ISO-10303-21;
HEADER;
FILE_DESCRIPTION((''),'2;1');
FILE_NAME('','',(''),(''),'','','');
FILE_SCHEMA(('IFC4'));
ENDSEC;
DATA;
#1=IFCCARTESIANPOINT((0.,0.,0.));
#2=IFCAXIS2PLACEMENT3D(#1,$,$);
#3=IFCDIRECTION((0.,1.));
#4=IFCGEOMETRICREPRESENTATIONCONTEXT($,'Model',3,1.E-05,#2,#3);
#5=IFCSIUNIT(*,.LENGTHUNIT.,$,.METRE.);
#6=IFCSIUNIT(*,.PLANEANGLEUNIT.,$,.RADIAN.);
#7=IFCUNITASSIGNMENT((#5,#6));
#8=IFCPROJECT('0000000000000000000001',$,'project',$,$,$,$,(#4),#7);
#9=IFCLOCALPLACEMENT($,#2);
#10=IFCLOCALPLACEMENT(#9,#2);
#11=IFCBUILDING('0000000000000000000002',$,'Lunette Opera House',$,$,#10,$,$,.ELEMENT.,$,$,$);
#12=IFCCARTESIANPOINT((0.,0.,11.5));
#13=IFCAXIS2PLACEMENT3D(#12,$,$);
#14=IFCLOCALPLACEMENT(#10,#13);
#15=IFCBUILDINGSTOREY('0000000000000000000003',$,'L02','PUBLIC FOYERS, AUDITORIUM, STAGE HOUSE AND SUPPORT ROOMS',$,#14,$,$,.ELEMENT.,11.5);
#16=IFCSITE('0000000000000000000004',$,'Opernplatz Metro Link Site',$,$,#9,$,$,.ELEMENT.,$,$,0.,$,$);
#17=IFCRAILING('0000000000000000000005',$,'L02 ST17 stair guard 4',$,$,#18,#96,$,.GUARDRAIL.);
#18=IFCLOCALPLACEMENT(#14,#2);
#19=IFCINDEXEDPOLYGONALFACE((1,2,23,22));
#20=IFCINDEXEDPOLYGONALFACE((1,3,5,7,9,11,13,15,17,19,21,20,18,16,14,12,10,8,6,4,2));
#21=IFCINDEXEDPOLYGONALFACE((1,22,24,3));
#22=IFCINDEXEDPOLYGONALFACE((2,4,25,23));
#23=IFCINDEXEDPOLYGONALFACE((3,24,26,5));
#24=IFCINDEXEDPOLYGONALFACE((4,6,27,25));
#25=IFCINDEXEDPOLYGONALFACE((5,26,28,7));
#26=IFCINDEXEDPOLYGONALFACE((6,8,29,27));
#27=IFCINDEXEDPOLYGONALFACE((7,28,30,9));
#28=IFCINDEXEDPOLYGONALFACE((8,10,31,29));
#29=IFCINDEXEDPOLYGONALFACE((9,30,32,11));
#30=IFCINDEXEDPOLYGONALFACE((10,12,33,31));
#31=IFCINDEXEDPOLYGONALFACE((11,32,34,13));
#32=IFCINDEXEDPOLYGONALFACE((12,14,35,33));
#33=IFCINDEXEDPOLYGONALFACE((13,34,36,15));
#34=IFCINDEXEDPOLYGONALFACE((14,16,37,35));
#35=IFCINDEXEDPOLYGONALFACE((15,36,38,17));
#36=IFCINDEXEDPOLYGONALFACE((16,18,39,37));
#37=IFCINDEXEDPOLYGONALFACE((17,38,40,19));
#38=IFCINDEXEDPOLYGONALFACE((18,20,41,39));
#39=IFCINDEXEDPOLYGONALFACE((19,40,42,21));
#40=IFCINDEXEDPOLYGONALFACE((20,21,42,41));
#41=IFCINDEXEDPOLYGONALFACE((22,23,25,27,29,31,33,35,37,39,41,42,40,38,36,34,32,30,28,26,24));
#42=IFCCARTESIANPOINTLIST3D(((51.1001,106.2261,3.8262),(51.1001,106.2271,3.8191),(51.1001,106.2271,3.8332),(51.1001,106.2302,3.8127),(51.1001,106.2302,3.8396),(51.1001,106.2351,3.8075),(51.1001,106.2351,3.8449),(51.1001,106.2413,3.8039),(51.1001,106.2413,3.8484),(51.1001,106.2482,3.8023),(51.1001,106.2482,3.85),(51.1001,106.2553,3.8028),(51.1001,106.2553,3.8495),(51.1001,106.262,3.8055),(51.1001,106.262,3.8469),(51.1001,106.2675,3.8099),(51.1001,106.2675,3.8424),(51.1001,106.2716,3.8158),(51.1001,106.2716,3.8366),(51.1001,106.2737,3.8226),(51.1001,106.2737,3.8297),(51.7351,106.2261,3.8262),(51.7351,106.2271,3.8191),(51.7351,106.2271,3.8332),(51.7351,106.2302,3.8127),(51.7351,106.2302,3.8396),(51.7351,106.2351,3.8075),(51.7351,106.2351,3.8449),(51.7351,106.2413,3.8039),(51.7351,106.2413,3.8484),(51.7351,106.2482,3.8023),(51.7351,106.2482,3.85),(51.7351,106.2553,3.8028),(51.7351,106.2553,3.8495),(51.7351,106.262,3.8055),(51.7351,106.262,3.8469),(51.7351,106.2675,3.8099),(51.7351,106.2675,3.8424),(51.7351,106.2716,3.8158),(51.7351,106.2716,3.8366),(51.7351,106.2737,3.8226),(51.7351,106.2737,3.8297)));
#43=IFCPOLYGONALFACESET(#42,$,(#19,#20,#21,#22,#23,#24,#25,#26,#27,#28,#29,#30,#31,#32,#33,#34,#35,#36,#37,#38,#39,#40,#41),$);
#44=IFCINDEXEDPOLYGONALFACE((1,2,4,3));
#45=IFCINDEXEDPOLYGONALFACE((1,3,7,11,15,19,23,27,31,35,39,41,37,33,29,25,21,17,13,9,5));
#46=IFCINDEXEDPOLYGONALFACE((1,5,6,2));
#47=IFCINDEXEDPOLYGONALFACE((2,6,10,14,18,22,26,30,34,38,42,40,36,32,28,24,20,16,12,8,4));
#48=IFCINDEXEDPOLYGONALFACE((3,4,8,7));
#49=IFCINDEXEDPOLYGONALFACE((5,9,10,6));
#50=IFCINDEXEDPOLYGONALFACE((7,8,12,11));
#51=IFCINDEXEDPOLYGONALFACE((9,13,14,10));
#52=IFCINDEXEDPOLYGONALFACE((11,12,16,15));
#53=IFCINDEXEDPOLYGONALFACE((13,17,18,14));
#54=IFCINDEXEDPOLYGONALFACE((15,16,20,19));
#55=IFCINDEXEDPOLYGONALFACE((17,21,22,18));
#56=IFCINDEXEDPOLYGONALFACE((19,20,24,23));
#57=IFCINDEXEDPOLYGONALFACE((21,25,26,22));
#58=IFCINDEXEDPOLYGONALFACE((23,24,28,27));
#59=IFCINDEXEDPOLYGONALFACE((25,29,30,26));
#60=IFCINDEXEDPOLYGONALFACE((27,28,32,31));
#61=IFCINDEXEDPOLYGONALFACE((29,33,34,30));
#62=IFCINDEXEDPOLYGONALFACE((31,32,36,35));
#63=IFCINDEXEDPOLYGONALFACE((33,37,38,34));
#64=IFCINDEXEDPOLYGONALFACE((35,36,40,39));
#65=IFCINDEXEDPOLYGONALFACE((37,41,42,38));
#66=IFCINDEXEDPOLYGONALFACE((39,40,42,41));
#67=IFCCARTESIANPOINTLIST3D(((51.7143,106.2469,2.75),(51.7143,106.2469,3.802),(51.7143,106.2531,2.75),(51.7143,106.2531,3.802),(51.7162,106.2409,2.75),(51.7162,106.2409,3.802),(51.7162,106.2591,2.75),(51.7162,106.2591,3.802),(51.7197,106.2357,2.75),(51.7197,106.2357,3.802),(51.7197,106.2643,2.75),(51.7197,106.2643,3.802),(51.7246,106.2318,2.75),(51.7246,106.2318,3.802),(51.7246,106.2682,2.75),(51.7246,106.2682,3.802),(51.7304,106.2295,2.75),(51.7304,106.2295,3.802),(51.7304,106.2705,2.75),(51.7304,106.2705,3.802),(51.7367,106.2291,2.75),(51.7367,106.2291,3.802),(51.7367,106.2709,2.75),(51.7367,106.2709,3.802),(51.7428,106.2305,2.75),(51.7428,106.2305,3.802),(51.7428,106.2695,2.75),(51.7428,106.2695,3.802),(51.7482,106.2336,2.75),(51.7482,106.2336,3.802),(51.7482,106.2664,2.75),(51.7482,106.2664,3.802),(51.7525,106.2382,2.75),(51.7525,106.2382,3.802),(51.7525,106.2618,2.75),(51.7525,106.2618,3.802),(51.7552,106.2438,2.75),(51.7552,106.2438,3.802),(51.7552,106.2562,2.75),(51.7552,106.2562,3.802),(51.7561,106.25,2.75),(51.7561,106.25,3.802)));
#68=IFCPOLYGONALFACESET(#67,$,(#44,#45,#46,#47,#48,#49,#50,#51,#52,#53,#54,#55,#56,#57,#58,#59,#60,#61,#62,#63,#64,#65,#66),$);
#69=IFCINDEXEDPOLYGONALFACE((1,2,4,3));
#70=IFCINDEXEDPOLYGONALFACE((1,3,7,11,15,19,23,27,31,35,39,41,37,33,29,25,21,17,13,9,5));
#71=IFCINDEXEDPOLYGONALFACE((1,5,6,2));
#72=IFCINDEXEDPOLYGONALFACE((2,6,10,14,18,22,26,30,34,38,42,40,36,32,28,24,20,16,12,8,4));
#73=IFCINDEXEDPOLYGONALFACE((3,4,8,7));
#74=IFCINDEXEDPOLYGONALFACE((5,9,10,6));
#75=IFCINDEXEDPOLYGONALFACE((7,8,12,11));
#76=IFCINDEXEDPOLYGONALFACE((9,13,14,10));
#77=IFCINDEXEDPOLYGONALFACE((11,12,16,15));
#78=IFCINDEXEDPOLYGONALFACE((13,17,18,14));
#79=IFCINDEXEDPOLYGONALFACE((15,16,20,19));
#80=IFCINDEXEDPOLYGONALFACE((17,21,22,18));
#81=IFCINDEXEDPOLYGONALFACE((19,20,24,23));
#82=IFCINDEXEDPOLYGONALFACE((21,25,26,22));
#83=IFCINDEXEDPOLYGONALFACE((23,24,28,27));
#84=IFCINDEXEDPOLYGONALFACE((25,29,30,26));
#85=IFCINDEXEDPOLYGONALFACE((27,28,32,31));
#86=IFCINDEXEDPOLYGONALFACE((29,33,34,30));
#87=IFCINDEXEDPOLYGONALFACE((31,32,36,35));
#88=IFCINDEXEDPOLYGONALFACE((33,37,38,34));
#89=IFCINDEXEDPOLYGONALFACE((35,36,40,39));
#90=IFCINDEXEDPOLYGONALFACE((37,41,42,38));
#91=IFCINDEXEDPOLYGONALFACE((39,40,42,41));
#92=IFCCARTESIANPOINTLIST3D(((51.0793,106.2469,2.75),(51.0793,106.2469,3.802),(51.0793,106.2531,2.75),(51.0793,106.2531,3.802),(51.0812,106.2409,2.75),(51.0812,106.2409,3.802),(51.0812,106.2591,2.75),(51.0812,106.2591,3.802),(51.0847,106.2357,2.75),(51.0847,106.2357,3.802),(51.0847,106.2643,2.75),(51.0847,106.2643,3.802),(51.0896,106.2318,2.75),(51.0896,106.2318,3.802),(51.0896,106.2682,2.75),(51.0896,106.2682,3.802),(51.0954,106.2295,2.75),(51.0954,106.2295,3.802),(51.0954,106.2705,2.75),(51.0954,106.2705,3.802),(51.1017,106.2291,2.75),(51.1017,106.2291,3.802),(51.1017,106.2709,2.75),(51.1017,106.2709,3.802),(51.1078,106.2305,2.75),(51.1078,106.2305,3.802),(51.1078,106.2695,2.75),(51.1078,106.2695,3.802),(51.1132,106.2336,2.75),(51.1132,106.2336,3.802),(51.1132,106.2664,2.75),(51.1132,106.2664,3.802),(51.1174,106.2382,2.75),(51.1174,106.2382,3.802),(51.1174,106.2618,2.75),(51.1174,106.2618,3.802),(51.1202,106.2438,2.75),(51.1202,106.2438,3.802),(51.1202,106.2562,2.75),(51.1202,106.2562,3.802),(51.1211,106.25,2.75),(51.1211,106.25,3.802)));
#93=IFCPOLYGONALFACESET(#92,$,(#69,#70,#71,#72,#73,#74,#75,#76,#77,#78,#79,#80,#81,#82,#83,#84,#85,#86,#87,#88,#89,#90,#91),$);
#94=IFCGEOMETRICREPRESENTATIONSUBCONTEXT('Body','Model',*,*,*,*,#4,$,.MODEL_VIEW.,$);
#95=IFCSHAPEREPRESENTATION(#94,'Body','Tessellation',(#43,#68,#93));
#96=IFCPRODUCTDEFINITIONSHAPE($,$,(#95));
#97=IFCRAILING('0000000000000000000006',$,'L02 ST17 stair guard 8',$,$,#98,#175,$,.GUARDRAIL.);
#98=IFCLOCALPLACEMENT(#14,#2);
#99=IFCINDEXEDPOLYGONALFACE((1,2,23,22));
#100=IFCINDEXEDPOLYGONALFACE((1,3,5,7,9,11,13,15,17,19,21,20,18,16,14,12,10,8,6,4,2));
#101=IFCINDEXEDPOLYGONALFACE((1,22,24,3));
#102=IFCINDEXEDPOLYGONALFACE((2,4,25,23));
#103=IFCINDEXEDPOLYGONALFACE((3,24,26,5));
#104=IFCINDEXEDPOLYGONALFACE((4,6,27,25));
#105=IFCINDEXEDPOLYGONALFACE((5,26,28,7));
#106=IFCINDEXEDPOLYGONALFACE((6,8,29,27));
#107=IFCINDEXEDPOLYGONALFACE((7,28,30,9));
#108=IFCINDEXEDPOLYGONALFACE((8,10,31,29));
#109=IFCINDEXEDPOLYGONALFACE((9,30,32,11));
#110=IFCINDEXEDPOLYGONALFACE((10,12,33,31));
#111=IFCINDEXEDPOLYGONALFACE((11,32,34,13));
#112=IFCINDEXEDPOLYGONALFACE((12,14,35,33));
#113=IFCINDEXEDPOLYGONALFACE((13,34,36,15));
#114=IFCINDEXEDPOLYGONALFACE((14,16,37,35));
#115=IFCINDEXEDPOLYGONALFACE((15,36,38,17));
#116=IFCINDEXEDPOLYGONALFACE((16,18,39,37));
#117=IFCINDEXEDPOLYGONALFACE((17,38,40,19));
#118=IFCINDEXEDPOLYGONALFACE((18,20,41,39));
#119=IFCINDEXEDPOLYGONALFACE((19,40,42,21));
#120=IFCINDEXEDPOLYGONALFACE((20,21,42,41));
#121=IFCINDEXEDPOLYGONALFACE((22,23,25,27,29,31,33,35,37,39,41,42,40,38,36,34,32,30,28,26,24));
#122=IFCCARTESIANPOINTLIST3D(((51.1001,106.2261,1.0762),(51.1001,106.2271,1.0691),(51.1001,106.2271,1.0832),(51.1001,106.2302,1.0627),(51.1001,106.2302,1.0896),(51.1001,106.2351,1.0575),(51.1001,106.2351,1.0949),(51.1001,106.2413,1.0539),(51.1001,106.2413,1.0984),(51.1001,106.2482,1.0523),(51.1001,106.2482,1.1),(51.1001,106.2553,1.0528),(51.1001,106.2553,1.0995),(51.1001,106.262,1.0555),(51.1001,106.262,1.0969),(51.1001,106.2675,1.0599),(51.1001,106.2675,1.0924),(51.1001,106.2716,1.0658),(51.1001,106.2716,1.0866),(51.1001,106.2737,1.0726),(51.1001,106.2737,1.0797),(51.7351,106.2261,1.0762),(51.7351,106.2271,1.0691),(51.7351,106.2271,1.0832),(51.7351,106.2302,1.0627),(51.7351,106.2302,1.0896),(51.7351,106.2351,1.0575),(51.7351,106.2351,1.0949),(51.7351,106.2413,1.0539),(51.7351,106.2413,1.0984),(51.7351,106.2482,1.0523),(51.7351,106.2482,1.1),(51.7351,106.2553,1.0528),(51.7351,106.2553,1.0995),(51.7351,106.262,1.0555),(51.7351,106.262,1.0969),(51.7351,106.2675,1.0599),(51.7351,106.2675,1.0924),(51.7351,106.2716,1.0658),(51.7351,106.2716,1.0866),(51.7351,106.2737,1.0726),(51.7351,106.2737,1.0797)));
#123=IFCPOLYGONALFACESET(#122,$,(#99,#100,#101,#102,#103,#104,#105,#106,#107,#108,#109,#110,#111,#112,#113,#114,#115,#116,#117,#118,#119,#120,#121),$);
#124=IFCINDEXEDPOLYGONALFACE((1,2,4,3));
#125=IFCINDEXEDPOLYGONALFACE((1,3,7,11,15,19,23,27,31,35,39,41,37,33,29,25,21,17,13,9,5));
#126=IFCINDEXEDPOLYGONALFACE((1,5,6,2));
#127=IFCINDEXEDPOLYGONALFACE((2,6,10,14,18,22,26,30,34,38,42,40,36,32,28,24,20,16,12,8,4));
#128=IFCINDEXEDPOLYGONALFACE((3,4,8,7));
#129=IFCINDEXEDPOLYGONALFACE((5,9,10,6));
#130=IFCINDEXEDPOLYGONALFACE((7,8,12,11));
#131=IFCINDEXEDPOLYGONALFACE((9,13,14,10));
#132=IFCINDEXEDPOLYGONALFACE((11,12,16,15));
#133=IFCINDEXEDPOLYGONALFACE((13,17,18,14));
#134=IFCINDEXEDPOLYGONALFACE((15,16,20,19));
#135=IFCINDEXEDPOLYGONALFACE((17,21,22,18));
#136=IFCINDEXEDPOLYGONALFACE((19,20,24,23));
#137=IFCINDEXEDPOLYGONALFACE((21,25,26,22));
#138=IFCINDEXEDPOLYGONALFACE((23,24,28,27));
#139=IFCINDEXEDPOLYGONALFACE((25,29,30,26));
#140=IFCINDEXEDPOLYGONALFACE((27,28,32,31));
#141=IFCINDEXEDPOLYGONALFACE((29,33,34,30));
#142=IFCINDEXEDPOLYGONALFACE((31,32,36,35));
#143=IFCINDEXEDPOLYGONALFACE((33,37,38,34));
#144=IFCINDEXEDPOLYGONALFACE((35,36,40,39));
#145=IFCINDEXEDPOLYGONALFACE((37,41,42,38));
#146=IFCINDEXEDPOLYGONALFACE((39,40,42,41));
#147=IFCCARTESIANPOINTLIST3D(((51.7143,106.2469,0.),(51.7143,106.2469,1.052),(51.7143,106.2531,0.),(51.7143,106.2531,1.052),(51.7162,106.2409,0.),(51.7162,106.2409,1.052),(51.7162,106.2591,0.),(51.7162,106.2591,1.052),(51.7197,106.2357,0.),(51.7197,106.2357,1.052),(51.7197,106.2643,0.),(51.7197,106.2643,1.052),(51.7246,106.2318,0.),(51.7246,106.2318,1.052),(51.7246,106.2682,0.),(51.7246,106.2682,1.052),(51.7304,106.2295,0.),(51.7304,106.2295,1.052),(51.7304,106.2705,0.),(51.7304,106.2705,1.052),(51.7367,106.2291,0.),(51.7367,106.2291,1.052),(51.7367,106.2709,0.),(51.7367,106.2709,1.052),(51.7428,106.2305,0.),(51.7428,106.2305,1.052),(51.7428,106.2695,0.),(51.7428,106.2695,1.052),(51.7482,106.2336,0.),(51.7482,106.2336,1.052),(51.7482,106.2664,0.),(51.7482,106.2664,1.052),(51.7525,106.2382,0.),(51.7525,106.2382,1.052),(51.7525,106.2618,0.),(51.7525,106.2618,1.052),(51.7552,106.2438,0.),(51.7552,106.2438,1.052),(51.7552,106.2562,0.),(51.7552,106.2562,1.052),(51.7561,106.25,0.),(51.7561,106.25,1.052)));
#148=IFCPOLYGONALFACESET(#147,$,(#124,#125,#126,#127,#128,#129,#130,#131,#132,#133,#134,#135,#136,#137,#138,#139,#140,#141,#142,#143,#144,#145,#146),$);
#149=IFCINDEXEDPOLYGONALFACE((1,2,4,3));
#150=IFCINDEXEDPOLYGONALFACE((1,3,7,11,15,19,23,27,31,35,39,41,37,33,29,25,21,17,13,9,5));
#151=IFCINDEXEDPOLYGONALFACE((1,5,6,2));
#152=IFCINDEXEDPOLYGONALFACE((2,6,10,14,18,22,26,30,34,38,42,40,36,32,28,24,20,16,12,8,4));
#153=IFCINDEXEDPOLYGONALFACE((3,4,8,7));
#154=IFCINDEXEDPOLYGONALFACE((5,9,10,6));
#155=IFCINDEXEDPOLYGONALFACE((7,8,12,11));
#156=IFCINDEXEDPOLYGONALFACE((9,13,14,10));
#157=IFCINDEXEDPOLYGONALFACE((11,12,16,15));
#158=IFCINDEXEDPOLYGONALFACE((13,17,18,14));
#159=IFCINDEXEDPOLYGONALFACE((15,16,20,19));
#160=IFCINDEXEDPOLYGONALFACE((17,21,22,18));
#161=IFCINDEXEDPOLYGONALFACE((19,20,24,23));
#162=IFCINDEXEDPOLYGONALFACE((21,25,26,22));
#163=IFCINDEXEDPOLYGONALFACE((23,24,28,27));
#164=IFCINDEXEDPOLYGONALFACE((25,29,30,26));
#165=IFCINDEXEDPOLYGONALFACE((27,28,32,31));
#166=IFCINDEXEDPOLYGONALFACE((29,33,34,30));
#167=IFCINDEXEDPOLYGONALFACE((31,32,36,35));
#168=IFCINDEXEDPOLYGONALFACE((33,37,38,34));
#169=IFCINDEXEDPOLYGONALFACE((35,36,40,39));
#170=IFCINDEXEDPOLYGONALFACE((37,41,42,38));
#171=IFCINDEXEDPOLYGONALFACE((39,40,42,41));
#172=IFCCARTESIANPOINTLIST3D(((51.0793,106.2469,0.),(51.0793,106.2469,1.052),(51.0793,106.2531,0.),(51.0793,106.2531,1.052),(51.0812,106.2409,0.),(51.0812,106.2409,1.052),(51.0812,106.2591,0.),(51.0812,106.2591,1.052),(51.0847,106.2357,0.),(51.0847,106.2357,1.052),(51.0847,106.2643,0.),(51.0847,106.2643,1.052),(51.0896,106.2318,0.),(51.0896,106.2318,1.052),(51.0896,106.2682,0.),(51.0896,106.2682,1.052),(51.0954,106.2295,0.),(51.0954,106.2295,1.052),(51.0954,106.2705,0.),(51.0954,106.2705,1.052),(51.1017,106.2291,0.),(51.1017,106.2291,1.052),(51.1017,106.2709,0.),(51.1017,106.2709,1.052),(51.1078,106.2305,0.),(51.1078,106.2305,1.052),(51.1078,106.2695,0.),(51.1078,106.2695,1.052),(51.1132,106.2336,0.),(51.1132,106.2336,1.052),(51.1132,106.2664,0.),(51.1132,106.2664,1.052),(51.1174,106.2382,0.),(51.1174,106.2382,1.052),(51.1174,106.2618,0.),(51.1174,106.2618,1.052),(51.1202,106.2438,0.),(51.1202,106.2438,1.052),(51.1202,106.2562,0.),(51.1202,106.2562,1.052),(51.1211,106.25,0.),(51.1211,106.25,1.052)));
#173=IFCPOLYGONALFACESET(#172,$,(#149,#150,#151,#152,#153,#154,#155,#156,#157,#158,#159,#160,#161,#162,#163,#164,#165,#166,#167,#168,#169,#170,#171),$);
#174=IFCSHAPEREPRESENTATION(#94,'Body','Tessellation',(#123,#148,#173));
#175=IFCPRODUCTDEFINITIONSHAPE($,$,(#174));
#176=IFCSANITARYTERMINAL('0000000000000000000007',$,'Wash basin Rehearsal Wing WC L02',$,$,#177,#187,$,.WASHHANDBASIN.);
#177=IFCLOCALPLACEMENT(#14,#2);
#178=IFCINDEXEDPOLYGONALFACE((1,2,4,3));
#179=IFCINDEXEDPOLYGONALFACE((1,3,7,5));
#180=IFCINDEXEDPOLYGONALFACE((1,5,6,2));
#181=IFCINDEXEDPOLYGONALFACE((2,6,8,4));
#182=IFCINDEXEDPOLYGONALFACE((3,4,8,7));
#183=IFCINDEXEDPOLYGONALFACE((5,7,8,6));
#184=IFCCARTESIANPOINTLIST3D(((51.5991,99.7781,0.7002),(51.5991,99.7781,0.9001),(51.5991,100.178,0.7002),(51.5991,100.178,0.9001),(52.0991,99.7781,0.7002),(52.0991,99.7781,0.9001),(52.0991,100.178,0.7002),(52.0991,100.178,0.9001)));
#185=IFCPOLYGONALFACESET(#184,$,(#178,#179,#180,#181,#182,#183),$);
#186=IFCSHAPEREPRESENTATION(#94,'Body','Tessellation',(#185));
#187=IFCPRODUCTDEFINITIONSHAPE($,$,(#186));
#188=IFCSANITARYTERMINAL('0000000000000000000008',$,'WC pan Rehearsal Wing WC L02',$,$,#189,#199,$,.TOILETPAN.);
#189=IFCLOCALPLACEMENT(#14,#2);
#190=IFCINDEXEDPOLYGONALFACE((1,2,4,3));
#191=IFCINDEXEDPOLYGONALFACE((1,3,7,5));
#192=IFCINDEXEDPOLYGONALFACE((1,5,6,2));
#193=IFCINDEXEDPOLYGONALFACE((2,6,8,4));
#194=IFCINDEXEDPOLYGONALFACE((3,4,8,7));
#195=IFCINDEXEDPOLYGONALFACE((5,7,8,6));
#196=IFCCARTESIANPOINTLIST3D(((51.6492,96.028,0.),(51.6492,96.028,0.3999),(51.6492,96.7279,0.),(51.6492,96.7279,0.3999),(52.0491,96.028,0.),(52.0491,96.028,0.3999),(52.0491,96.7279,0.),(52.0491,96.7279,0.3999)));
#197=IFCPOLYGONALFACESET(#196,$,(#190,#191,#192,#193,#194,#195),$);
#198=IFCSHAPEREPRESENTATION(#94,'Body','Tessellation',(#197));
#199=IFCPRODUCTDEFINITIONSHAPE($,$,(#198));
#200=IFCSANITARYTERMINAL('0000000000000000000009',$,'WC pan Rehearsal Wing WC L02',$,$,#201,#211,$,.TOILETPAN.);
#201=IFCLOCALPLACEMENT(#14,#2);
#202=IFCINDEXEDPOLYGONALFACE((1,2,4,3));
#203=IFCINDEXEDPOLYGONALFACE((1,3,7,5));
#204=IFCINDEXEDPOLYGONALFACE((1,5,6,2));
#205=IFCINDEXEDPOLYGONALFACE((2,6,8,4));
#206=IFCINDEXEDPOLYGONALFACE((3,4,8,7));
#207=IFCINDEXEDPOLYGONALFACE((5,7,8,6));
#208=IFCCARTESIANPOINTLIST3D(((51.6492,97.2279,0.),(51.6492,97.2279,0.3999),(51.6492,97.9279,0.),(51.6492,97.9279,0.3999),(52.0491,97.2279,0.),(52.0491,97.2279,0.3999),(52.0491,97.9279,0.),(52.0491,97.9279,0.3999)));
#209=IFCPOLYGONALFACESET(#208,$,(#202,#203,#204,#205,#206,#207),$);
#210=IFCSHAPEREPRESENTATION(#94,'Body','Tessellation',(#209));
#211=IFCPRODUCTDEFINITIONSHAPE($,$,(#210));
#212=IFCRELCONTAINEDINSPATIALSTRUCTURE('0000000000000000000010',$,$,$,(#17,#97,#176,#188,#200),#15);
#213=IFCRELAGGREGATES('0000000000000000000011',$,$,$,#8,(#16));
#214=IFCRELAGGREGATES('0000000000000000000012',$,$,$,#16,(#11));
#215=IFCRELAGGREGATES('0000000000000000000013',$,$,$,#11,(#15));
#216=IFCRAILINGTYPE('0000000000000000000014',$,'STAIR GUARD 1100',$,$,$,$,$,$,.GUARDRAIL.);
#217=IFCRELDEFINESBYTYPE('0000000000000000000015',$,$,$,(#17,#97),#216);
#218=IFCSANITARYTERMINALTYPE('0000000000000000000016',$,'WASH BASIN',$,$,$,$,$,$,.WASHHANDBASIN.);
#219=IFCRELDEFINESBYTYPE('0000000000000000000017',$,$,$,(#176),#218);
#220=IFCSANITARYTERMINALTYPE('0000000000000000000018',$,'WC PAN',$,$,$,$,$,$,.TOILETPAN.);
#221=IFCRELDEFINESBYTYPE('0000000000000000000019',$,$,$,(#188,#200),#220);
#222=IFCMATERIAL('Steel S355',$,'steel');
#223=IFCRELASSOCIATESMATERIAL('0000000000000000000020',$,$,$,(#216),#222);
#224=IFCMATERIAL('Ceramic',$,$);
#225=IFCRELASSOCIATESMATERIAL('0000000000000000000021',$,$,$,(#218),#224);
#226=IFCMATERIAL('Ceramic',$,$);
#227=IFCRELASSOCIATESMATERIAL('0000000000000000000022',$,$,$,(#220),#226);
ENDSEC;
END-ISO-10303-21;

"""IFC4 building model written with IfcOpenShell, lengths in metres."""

from ifc_helpers import new_model, si_unit, direction, frame, origin, origin_2d, place, context, subcontext, project, spatial, rectangle, circle, extrude, material, type_object, element, save


model = new_model("IFC4")

# Units and contexts
model_context = context("Model", 3, precision=1e-05, world=origin(), true_north=direction((0.0, 1.0)))
body_context = subcontext(model_context, "Body", "Model", "MODEL_VIEW")
ifc_project = project(units=[si_unit("LENGTHUNIT", "METRE"), si_unit("PLANEANGLEUNIT", "RADIAN")], contexts=[model_context])

# Site, building, storey
site_placement = place(None, origin())
site = spatial("IfcSite", under=ifc_project, at=site_placement, Name="Opernplatz Metro Link Site", CompositionType="ELEMENT", RefElevation=0.0)
building_placement = place(site_placement, origin())
building = spatial("IfcBuilding", under=site, at=building_placement, Name="Lunette Opera House", CompositionType="ELEMENT")
storey_placement = place(building_placement, frame((0.0, 0.0, 11.5)))
storey = spatial("IfcBuildingStorey", under=building, at=storey_placement, Name="L02", Description="PUBLIC FOYERS, AUDITORIUM, STAGE HOUSE AND SUPPORT ROOMS", CompositionType="ELEMENT", Elevation=11.5)

# Railings
ifc_material_1 = material(Name="Steel S355", Category="steel")
railing_type = type_object("IfcRailingType", Name="STAIR GUARD 1100", PredefinedType="GUARDRAIL", material=ifc_material_1)
for number, where, name in (
    (1, (51.7351, 106.25, 2.75), "L02 ST17 stair guard 4"),
    (2, (51.7351, 106.25, 0.0), "L02 ST17 stair guard 8"),
):
    element("IfcRailing", number, at=place(storey_placement, frame(where)), inside=storey, type_object=railing_type, Name=name, PredefinedType="GUARDRAIL", context=body_context, shape_type="SweptSolid", body=[
        extrude(circle(Radius=0.0239, at=origin_2d()), frame((0.0, 0.0, 1.0762), z_axis=(-1.0, 0.0, 0.0), x_axis=(0.0, -1.0, 0.0)), (0.0, 0.0, 1.0), 0.635),
        extrude(circle(Radius=0.021, at=origin_2d()), origin(), (0.0, 0.0, 1.0), 1.052),
        extrude(circle(Radius=0.021, at=origin_2d()), frame((-0.635, 0.0, 0.0)), (0.0, 0.0, 1.0), 1.052),
    ])

# Sanitary terminals
ifc_material_2 = material(Name="Ceramic")
sanitary_terminal_type_1 = type_object("IfcSanitaryTerminalType", Name="WASH BASIN", PredefinedType="WASHHANDBASIN", material=ifc_material_2)
sanitary_terminal_placement = place(storey_placement, frame((51.8491, 99.978, 0.7002), z_axis=(0.0, 0.0, 1.0), x_axis=(1.0, 0.0, 0.0)))
element("IfcSanitaryTerminal", 3, at=sanitary_terminal_placement, inside=storey, type_object=sanitary_terminal_type_1, Name="Wash basin Rehearsal Wing WC L02", PredefinedType="WASHHANDBASIN", context=body_context, shape_type="SweptSolid", body=[
    extrude(rectangle(XDim=0.5, YDim=0.3999, at=origin_2d()), origin(), (0.0, 0.0, 1.0), 0.2),
])
ifc_material_3 = material(Name="Ceramic")
sanitary_terminal_type_2 = type_object("IfcSanitaryTerminalType", Name="WC PAN", PredefinedType="TOILETPAN", material=ifc_material_3)
for number, where, z_axis, x_axis, name in (
    (4, (51.8491, 96.3779, 0.0), (0.0, 0.0, 1.0), (1.0, 0.0, 0.0), "WC pan Rehearsal Wing WC L02"),
    (5, (51.8491, 97.5779, 0.0), (0.0, 0.0, 1.0), (1.0, 0.0, 0.0), "WC pan Rehearsal Wing WC L02"),
):
    element("IfcSanitaryTerminal", number, at=place(storey_placement, frame(where, z_axis=z_axis, x_axis=x_axis)), inside=storey, type_object=sanitary_terminal_type_2, Name=name, PredefinedType="TOILETPAN", context=body_context, shape_type="SweptSolid", body=[
        extrude(rectangle(XDim=0.3999, YDim=0.7, at=origin_2d()), origin(), (0.0, 0.0, 1.0), 0.3999),
    ])

save(model, "model.ifc")
